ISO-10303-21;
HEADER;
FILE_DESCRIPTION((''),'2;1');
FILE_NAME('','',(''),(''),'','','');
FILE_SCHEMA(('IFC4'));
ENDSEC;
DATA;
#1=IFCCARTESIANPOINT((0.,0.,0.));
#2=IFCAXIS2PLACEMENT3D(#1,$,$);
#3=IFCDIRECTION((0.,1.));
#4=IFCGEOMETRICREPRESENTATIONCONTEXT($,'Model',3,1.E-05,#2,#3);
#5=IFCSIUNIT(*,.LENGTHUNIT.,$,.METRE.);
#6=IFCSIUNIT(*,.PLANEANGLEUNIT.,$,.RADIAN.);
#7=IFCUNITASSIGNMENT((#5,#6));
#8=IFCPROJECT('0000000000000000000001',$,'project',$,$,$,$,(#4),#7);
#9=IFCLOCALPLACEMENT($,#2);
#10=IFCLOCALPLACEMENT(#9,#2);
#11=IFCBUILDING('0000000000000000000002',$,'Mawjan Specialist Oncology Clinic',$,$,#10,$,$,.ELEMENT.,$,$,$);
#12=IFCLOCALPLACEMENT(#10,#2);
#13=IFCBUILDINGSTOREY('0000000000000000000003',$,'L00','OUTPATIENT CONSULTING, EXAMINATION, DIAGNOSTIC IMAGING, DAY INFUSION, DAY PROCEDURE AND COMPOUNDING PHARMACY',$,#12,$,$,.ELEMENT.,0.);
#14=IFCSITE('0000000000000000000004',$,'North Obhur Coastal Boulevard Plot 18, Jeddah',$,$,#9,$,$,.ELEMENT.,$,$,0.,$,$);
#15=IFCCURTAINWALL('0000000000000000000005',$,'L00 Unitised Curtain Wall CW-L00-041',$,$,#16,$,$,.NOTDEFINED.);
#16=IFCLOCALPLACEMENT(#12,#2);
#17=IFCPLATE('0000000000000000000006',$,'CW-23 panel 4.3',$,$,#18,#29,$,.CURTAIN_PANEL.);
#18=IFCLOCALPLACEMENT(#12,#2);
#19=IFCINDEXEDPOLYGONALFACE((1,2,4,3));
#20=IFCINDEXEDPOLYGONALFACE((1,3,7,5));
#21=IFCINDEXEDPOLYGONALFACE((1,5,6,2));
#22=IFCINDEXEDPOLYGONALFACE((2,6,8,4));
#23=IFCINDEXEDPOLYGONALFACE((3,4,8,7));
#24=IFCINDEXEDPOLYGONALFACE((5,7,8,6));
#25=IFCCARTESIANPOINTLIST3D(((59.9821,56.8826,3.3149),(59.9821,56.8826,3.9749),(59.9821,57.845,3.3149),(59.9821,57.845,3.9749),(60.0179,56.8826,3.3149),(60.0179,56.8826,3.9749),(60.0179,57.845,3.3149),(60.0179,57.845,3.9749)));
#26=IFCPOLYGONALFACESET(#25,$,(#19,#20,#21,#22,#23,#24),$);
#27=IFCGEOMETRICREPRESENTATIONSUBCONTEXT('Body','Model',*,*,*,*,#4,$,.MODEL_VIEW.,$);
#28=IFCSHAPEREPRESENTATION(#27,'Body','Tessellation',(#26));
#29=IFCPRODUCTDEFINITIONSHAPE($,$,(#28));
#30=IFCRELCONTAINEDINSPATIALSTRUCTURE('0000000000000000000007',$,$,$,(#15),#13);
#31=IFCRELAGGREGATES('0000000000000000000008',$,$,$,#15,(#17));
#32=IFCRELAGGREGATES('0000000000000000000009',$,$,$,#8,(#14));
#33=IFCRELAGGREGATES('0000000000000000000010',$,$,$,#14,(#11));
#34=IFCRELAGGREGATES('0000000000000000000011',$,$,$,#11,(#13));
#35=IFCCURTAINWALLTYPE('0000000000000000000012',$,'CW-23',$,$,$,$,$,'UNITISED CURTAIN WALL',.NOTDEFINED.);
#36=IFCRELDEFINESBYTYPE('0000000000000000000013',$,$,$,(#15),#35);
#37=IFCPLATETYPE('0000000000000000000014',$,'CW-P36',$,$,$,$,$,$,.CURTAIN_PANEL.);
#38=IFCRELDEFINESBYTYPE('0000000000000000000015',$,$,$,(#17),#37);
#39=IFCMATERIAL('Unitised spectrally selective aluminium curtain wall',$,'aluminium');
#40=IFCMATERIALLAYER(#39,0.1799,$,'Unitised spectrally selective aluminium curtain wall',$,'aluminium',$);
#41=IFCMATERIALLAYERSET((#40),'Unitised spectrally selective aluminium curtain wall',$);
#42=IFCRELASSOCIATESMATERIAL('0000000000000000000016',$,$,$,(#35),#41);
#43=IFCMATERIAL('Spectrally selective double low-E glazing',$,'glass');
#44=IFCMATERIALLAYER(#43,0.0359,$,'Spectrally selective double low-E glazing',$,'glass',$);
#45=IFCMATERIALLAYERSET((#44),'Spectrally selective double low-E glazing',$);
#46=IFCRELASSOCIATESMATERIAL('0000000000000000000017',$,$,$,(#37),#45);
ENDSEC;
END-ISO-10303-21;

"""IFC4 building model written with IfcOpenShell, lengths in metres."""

from ifc_helpers import new_model, si_unit, direction, frame, origin, origin_2d, place, context, subcontext, project, spatial, rectangle, extrude, material, layer, layer_set, type_object, element, aggregate, save


model = new_model("IFC4")

# Units and contexts
model_context = context("Model", 3, precision=1e-05, world=origin(), true_north=direction((0.0, 1.0)))
body_context = subcontext(model_context, "Body", "Model", "MODEL_VIEW")
ifc_project = project(units=[si_unit("LENGTHUNIT", "METRE"), si_unit("PLANEANGLEUNIT", "RADIAN")], contexts=[model_context])

# Site, building, storey
site_placement = place(None, origin())
site = spatial("IfcSite", under=ifc_project, at=site_placement, Name="North Obhur Coastal Boulevard Plot 18, Jeddah", CompositionType="ELEMENT", RefElevation=0.0)
building_placement = place(site_placement, origin())
building = spatial("IfcBuilding", under=site, at=building_placement, Name="Mawjan Specialist Oncology Clinic", CompositionType="ELEMENT")
storey_placement = place(building_placement, origin())
storey = spatial("IfcBuildingStorey", under=building, at=storey_placement, Name="L00", Description="OUTPATIENT CONSULTING, EXAMINATION, DIAGNOSTIC IMAGING, DAY INFUSION, DAY PROCEDURE AND COMPOUNDING PHARMACY", CompositionType="ELEMENT", Elevation=0.0)

# Curtain wall, plate
ifc_material_1 = material(Name="Unitised spectrally selective aluminium curtain wall", Category="aluminium")
ifc_layer_1 = layer(ifc_material_1, 0.1799, Name="Unitised spectrally selective aluminium curtain wall", Category="aluminium")
ifc_layer_set_1 = layer_set([ifc_layer_1], Name="Unitised spectrally selective aluminium curtain wall")
curtain_wall_type = type_object("IfcCurtainWallType", Name="CW-23", ElementType="UNITISED CURTAIN WALL", PredefinedType="NOTDEFINED", material=ifc_layer_set_1)
curtain_wall_placement = place(storey_placement, origin())
curtain_wall = element("IfcCurtainWall", 1, at=curtain_wall_placement, inside=storey, type_object=curtain_wall_type, Name="L00 Unitised Curtain Wall CW-L00-041", PredefinedType="NOTDEFINED")
ifc_material_2 = material(Name="Spectrally selective double low-E glazing", Category="glass")
ifc_layer_2 = layer(ifc_material_2, 0.0359, Name="Spectrally selective double low-E glazing", Category="glass")
ifc_layer_set_2 = layer_set([ifc_layer_2], Name="Spectrally selective double low-E glazing")
plate_type = type_object("IfcPlateType", Name="CW-P36", PredefinedType="CURTAIN_PANEL", material=ifc_layer_set_2)
plate_1_placement = place(storey_placement, frame((60.0, 57.3638, 3.3149), z_axis=(0.0, 0.0, 1.0), x_axis=(0.0, 1.0, 0.0)))
plate_1 = element("IfcPlate", 2, at=plate_1_placement, type_object=plate_type, Name="CW-23 panel 4.3", PredefinedType="CURTAIN_PANEL", context=body_context, shape_type="SweptSolid", body=[
    extrude(rectangle(XDim=0.9624, YDim=0.0359, at=origin_2d()), origin(), (0.0, 0.0, 1.0), 0.6599),
])
aggregate(curtain_wall, [plate_1])

save(model, "model.ifc")
